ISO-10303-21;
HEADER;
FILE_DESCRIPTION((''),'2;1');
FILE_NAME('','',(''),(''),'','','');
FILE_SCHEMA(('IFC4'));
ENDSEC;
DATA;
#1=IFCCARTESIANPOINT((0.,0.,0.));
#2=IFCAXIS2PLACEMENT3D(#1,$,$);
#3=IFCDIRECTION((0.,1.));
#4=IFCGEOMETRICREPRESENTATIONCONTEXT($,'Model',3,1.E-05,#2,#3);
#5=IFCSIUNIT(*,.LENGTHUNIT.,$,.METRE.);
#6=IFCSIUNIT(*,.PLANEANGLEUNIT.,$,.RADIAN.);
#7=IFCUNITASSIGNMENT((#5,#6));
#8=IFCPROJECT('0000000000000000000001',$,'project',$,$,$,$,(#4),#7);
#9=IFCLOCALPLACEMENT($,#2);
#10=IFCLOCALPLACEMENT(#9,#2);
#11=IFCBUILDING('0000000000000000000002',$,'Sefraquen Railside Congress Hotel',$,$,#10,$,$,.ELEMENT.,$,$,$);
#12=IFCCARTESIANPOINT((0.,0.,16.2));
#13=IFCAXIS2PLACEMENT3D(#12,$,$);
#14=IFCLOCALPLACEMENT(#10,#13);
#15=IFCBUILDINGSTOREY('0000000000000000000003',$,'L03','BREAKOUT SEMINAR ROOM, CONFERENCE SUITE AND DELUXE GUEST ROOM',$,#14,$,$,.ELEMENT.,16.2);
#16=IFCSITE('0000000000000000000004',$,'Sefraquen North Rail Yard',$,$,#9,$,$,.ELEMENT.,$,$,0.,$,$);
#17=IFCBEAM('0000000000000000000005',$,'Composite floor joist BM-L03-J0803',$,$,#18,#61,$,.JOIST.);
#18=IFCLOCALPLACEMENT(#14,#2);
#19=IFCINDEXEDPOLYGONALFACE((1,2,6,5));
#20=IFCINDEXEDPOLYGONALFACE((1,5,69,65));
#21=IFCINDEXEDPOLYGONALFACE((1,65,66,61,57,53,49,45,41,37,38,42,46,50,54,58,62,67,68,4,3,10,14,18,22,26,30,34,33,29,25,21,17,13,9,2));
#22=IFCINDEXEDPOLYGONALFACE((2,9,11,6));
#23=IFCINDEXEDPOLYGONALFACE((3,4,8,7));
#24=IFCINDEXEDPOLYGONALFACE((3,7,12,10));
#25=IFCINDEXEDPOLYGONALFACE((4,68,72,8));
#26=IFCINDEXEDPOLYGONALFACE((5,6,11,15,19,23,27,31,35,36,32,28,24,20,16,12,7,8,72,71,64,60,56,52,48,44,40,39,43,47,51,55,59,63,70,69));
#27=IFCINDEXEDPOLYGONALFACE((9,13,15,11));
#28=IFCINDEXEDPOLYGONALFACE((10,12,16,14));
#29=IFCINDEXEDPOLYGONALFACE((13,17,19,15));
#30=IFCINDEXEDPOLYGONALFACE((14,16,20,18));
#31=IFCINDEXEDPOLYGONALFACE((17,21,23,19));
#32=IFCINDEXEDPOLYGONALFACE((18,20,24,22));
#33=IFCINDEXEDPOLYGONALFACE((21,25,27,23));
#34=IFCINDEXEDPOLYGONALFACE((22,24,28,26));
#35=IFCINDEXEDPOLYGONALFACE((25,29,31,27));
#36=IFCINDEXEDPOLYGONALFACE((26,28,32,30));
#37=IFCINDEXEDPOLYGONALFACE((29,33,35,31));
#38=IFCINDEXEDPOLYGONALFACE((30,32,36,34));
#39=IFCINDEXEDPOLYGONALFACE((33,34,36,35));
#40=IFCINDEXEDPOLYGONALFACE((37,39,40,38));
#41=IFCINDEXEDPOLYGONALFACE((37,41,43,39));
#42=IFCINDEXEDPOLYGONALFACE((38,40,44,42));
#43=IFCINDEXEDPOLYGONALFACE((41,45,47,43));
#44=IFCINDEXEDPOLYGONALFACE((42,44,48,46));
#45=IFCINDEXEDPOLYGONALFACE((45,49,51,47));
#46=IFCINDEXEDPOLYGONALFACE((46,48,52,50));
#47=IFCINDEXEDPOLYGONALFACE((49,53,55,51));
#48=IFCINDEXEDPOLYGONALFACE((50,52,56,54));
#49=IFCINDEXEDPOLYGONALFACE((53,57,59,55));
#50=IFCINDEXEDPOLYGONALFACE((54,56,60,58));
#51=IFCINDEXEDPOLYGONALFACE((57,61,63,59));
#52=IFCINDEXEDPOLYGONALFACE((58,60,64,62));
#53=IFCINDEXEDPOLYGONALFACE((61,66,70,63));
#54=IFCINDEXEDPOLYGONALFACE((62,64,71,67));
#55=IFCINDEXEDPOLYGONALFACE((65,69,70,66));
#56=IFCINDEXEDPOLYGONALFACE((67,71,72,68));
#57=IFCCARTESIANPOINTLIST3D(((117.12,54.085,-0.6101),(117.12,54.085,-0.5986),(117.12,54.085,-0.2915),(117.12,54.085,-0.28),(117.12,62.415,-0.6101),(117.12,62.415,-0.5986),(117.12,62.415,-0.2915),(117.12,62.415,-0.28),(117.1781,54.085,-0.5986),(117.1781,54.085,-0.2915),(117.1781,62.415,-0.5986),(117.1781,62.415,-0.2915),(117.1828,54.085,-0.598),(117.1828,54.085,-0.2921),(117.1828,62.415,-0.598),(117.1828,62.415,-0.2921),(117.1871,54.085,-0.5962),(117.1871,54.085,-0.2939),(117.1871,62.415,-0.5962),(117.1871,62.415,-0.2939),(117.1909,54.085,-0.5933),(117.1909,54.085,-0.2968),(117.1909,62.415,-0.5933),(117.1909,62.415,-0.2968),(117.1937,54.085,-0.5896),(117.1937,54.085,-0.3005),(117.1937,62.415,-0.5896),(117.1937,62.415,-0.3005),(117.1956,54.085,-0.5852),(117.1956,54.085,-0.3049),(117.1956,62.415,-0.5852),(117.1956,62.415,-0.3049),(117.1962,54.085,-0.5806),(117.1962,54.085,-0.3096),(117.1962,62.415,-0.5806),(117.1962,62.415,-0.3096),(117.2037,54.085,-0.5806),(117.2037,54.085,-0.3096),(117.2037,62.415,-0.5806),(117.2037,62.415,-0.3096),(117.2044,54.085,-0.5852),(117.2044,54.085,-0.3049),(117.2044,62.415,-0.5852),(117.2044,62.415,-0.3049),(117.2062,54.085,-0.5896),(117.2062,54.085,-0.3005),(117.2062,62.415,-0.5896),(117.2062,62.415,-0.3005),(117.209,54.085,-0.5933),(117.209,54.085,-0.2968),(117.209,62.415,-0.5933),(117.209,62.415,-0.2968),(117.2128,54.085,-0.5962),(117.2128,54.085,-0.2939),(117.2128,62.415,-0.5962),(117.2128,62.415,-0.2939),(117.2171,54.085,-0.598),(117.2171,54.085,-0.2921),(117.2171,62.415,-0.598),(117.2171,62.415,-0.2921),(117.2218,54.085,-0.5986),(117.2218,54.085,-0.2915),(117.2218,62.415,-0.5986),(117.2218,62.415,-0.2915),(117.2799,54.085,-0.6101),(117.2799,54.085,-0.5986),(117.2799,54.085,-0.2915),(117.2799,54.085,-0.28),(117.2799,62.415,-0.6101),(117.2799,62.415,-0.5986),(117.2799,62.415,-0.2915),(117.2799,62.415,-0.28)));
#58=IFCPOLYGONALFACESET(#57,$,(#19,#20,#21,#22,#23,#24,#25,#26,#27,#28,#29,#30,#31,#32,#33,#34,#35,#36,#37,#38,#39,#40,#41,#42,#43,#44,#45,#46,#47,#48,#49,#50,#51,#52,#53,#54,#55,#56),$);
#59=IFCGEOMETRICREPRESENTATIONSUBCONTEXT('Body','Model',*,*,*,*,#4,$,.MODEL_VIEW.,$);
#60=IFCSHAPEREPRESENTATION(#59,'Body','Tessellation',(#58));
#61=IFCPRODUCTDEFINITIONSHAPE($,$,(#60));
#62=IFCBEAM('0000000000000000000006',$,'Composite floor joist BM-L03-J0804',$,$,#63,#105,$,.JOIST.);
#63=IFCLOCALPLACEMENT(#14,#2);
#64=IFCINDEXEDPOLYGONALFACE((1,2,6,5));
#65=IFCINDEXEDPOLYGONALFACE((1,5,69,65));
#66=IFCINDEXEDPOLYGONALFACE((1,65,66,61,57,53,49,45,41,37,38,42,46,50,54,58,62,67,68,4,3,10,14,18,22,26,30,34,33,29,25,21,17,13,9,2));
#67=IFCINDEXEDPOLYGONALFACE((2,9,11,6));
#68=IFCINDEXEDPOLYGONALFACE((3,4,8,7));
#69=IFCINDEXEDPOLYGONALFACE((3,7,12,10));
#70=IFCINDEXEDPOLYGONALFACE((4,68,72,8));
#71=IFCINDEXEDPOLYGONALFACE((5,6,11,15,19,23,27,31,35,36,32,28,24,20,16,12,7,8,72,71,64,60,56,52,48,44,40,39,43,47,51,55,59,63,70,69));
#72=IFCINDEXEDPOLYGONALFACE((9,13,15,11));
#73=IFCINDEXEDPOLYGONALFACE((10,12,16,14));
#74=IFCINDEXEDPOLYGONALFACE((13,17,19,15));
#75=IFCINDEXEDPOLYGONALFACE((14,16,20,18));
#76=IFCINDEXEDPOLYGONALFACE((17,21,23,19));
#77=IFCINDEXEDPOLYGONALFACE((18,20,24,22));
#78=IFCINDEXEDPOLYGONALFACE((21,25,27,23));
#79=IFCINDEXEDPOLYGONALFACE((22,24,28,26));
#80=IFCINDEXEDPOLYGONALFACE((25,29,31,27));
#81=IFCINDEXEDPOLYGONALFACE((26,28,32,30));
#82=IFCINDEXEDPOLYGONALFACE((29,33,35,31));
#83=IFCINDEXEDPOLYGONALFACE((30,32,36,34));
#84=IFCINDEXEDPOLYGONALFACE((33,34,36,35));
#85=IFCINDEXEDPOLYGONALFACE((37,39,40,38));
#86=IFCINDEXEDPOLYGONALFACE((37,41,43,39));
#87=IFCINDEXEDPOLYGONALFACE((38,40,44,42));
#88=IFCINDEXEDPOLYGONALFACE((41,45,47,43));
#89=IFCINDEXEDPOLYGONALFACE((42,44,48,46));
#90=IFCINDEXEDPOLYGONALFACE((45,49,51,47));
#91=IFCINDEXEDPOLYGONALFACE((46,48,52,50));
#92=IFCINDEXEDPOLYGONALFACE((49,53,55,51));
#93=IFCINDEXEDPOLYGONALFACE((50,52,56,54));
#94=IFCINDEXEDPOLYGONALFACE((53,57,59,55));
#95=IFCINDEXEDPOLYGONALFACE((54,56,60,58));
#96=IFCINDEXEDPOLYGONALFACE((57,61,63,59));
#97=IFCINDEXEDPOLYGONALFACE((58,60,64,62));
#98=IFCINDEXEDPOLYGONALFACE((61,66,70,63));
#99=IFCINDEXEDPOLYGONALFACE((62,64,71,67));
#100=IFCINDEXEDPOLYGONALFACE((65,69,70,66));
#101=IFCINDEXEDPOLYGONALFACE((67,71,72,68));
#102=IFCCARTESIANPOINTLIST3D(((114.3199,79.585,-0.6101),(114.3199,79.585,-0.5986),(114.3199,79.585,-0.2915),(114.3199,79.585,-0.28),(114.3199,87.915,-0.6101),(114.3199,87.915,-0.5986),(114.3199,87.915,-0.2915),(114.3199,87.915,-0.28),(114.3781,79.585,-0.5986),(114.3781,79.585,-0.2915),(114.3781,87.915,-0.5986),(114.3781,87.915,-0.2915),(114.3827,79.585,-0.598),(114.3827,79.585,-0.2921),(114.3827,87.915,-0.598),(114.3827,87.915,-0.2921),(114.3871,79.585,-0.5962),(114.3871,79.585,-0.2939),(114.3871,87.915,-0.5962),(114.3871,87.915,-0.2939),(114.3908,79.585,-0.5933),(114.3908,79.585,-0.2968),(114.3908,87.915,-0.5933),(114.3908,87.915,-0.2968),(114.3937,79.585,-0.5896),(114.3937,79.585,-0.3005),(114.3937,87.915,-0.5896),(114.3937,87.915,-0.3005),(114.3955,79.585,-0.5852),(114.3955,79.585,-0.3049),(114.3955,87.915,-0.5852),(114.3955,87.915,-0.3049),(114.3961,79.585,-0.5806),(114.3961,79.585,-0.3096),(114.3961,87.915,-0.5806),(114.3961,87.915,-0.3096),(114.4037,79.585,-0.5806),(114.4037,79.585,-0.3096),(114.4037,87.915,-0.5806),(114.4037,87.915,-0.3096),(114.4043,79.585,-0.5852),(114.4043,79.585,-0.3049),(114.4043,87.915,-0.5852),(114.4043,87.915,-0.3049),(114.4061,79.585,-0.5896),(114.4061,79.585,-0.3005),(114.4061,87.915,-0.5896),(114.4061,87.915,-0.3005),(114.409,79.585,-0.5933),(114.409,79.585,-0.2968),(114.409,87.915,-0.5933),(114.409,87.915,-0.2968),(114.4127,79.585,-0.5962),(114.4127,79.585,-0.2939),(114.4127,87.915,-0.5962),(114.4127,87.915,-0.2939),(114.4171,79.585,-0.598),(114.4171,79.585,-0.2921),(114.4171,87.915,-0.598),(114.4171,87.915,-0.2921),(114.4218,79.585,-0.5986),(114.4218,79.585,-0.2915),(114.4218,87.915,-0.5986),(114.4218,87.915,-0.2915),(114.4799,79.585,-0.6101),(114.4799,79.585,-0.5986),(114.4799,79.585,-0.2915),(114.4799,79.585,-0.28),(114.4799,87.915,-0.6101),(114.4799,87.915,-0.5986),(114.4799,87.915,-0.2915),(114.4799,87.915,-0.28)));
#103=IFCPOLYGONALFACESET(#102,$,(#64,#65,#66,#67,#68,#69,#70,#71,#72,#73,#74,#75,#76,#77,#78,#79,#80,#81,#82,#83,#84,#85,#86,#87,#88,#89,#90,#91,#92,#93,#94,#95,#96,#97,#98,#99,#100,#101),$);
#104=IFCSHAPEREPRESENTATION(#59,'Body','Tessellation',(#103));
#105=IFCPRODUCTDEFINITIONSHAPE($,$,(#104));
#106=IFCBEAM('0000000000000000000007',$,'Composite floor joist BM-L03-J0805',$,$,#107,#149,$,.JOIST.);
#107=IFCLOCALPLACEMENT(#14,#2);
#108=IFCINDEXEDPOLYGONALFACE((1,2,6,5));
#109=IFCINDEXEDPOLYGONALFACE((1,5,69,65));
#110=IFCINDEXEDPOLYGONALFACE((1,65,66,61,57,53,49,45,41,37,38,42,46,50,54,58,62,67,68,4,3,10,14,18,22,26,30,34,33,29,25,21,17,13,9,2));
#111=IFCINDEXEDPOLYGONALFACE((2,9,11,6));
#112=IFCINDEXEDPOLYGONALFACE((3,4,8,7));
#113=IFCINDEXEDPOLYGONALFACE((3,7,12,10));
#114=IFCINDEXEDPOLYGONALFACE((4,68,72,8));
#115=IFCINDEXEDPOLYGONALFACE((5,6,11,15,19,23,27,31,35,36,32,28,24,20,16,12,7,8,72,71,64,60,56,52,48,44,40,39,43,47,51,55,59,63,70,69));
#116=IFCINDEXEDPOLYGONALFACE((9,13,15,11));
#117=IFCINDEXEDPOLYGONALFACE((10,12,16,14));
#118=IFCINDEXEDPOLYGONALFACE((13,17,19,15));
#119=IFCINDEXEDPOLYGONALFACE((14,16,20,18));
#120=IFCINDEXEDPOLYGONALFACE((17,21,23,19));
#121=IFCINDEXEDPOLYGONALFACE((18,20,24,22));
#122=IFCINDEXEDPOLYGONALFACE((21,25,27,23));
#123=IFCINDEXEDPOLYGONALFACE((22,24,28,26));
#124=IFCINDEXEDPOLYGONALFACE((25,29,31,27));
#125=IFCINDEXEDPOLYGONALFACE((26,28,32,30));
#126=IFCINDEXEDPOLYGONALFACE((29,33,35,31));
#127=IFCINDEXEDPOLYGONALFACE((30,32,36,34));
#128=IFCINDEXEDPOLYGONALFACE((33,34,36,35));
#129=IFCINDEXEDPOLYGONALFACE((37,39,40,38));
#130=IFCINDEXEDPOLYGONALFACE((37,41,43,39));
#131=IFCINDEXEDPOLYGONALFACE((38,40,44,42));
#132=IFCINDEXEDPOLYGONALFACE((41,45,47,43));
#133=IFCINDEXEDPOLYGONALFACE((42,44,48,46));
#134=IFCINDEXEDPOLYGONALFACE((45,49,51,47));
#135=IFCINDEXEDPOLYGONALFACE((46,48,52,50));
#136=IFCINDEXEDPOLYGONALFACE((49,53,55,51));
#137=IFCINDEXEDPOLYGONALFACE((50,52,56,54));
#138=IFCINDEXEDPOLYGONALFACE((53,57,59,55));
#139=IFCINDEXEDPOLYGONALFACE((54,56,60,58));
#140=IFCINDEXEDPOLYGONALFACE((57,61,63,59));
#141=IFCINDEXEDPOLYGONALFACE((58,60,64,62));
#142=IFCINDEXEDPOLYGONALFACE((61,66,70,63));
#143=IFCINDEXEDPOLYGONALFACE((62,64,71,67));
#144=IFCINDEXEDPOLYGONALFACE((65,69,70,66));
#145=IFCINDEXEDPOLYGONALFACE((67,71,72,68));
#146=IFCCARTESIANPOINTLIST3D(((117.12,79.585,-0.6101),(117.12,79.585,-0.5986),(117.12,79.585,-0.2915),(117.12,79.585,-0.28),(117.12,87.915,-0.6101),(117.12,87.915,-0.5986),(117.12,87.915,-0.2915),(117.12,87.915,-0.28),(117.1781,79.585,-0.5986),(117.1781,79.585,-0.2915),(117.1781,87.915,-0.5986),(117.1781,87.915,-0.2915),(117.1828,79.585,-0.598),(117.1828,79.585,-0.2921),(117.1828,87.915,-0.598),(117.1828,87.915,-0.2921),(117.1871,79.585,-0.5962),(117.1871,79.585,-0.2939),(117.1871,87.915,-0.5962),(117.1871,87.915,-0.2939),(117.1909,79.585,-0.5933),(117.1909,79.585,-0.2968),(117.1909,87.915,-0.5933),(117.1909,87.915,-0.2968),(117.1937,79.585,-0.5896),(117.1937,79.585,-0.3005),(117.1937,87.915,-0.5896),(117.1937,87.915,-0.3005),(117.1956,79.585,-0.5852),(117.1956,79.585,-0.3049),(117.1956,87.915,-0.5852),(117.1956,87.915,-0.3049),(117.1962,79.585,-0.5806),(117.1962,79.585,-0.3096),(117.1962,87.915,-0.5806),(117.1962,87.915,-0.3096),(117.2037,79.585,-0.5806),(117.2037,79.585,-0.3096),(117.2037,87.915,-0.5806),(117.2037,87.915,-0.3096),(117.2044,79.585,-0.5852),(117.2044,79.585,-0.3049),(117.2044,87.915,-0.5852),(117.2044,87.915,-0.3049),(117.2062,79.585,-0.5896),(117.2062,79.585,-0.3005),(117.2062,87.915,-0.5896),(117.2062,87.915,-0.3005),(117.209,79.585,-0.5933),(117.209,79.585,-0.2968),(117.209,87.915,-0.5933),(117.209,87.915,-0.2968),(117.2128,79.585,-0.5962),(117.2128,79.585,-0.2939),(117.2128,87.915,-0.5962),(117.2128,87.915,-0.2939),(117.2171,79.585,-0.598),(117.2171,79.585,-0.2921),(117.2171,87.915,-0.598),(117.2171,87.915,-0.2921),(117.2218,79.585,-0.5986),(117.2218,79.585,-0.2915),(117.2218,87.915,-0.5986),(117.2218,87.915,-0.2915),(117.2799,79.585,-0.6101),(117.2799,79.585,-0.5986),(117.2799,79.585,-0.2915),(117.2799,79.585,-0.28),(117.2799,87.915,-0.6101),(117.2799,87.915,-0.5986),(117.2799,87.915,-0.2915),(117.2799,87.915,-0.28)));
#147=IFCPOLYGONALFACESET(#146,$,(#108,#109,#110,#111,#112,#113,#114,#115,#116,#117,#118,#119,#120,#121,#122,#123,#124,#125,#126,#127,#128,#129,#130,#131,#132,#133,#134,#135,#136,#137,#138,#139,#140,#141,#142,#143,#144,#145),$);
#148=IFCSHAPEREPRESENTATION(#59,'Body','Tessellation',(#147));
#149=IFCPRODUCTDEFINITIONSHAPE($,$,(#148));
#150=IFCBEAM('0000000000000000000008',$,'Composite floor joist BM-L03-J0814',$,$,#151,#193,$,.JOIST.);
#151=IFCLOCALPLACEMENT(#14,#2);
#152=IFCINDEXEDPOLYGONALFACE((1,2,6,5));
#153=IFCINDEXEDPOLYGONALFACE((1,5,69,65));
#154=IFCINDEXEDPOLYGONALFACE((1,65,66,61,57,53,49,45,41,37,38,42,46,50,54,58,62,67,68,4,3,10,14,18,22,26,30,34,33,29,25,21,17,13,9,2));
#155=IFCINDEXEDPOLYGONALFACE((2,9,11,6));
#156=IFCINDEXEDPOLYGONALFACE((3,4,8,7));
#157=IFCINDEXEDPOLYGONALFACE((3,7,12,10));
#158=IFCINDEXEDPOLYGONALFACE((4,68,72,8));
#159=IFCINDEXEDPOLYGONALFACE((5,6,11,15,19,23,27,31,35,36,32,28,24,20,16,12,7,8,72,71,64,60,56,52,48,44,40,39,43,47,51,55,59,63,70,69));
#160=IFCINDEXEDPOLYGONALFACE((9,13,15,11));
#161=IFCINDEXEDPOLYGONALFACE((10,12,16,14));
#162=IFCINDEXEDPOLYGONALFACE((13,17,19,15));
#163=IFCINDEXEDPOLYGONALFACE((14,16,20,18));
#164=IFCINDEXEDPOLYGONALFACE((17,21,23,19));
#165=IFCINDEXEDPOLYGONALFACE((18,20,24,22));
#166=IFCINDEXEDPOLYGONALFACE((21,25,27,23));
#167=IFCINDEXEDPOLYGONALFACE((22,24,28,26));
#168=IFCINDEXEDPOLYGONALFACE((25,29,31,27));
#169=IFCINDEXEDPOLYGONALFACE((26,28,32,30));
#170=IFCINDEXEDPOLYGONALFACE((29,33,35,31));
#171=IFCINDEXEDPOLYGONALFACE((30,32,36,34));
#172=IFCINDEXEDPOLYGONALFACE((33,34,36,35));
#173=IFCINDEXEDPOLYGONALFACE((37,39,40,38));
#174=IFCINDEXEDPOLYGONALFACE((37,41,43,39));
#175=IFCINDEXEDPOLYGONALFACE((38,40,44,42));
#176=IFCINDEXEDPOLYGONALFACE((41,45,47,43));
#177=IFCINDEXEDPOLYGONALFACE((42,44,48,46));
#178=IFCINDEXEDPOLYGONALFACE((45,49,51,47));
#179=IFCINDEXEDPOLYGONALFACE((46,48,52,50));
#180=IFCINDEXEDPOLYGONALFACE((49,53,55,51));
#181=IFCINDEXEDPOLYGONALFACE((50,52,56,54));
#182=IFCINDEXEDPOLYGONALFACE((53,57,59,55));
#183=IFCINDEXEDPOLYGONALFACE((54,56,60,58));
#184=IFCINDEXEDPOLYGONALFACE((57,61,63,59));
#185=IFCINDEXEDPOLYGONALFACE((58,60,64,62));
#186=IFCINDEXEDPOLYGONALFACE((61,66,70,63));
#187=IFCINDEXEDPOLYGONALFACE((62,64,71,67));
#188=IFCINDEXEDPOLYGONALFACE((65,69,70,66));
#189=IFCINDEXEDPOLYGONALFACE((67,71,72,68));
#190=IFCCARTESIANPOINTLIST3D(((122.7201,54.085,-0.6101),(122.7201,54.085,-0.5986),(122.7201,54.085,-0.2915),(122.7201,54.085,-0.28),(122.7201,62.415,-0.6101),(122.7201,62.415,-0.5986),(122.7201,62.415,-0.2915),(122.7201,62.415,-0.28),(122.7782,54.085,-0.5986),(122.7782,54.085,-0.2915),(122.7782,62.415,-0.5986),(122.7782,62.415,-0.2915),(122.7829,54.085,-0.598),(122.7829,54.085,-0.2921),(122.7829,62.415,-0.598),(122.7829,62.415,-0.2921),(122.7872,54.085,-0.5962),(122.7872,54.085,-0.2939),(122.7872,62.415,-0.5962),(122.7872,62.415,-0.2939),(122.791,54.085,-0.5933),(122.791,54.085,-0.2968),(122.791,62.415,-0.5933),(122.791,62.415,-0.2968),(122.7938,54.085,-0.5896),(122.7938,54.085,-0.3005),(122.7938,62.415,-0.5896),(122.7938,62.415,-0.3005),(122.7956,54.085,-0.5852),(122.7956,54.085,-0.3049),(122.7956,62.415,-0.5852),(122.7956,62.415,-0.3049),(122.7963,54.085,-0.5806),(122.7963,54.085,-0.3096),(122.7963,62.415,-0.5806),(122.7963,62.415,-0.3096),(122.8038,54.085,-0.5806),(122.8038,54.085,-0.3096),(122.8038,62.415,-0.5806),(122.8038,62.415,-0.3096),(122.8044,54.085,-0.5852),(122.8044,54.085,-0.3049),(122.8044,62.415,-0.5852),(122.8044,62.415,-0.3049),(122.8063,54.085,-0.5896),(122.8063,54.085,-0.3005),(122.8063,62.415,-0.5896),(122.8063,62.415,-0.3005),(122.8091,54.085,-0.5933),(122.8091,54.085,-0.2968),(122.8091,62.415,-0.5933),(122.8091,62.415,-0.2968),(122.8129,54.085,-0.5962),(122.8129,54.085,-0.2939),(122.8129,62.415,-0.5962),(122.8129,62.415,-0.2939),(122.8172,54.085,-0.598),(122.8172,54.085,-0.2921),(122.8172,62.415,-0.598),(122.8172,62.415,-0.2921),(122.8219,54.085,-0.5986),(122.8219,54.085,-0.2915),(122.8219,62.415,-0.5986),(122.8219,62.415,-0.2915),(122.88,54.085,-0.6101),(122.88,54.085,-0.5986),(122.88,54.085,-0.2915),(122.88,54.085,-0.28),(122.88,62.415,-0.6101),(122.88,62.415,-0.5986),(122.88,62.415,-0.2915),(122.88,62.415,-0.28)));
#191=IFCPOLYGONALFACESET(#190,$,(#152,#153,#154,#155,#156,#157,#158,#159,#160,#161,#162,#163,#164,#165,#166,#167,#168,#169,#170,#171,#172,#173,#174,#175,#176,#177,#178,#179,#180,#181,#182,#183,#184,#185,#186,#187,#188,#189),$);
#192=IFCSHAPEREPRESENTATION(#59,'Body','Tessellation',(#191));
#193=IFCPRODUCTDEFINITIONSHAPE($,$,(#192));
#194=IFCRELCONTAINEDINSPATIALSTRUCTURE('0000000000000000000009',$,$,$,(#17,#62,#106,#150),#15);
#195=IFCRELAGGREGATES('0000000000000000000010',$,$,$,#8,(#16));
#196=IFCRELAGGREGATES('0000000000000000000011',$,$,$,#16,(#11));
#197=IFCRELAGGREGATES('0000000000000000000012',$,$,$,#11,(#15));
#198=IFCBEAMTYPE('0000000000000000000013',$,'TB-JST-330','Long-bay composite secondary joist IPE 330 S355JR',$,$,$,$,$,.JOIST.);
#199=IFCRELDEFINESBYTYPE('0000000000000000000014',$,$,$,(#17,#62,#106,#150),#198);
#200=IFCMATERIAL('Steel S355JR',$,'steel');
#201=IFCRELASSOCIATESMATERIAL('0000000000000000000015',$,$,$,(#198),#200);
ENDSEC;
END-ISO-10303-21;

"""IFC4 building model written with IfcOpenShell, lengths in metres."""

from ifc_helpers import new_model, si_unit, direction, frame, origin, origin_2d, place, context, subcontext, project, spatial, i_section, extrude, material, material_profile, profile_set, type_object, element, save


model = new_model("IFC4")

# Units and contexts
model_context = context("Model", 3, precision=1e-05, world=origin(), true_north=direction((0.0, 1.0)))
body_context = subcontext(model_context, "Body", "Model", "MODEL_VIEW")
ifc_project = project(units=[si_unit("LENGTHUNIT", "METRE"), si_unit("PLANEANGLEUNIT", "RADIAN")], contexts=[model_context])

# Site, building, storey
site_placement = place(None, origin())
site = spatial("IfcSite", under=ifc_project, at=site_placement, Name="Sefraquen North Rail Yard", CompositionType="ELEMENT", RefElevation=0.0)
building_placement = place(site_placement, origin())
building = spatial("IfcBuilding", under=site, at=building_placement, Name="Sefraquen Railside Congress Hotel", CompositionType="ELEMENT")
storey_placement = place(building_placement, frame((0.0, 0.0, 16.2)))
storey = spatial("IfcBuildingStorey", under=building, at=storey_placement, Name="L03", Description="BREAKOUT SEMINAR ROOM, CONFERENCE SUITE AND DELUXE GUEST ROOM", CompositionType="ELEMENT", Elevation=16.2)

# Shared definitions
ifc_material_1 = material(Name="Steel S355JR", Category="steel")

# Beams
ifc_material_profile_1 = material_profile(ifc_material_1, i_section(OverallWidth=0.1599, OverallDepth=0.3301, WebThickness=0.0076, FlangeThickness=0.0115, FilletRadius=0.0181, at=origin_2d()), Name="IPE 330")
ifc_profile_set_1 = profile_set([ifc_material_profile_1], Name="Steel S355JR")
beam_type_1 = type_object("IfcBeamType", Name="TB-JST-330", Description="Long-bay composite secondary joist IPE 330 S355JR", PredefinedType="JOIST", material=ifc_profile_set_1)
for number, where, z_axis, x_axis, name in (
    (1, (117.2, 54.085, -0.4451), (0.0, 1.0, 0.0), (-1.0, 0.0, 0.0), "Composite floor joist BM-L03-J0803"),
    (2, (114.3999, 79.585, -0.4451), (0.0, 1.0, 0.0), (-1.0, 0.0, 0.0), "Composite floor joist BM-L03-J0804"),
    (3, (117.2, 79.585, -0.4451), (0.0, 1.0, 0.0), (-1.0, 0.0, 0.0), "Composite floor joist BM-L03-J0805"),
    (4, (122.8, 54.085, -0.4451), (0.0, 1.0, 0.0), (-1.0, 0.0, 0.0), "Composite floor joist BM-L03-J0814"),
):
    element("IfcBeam", number, at=place(storey_placement, frame(where, z_axis=z_axis, x_axis=x_axis)), inside=storey, type_object=beam_type_1, Name=name, PredefinedType="JOIST", context=body_context, shape_type="SweptSolid", body=[
        extrude(i_section(OverallWidth=0.1599, OverallDepth=0.3301, WebThickness=0.0076, FlangeThickness=0.0115, FilletRadius=0.0181, at=origin_2d()), origin(), (0.0, 0.0, 1.0), 8.3301),
    ])

save(model, "model.ifc")
